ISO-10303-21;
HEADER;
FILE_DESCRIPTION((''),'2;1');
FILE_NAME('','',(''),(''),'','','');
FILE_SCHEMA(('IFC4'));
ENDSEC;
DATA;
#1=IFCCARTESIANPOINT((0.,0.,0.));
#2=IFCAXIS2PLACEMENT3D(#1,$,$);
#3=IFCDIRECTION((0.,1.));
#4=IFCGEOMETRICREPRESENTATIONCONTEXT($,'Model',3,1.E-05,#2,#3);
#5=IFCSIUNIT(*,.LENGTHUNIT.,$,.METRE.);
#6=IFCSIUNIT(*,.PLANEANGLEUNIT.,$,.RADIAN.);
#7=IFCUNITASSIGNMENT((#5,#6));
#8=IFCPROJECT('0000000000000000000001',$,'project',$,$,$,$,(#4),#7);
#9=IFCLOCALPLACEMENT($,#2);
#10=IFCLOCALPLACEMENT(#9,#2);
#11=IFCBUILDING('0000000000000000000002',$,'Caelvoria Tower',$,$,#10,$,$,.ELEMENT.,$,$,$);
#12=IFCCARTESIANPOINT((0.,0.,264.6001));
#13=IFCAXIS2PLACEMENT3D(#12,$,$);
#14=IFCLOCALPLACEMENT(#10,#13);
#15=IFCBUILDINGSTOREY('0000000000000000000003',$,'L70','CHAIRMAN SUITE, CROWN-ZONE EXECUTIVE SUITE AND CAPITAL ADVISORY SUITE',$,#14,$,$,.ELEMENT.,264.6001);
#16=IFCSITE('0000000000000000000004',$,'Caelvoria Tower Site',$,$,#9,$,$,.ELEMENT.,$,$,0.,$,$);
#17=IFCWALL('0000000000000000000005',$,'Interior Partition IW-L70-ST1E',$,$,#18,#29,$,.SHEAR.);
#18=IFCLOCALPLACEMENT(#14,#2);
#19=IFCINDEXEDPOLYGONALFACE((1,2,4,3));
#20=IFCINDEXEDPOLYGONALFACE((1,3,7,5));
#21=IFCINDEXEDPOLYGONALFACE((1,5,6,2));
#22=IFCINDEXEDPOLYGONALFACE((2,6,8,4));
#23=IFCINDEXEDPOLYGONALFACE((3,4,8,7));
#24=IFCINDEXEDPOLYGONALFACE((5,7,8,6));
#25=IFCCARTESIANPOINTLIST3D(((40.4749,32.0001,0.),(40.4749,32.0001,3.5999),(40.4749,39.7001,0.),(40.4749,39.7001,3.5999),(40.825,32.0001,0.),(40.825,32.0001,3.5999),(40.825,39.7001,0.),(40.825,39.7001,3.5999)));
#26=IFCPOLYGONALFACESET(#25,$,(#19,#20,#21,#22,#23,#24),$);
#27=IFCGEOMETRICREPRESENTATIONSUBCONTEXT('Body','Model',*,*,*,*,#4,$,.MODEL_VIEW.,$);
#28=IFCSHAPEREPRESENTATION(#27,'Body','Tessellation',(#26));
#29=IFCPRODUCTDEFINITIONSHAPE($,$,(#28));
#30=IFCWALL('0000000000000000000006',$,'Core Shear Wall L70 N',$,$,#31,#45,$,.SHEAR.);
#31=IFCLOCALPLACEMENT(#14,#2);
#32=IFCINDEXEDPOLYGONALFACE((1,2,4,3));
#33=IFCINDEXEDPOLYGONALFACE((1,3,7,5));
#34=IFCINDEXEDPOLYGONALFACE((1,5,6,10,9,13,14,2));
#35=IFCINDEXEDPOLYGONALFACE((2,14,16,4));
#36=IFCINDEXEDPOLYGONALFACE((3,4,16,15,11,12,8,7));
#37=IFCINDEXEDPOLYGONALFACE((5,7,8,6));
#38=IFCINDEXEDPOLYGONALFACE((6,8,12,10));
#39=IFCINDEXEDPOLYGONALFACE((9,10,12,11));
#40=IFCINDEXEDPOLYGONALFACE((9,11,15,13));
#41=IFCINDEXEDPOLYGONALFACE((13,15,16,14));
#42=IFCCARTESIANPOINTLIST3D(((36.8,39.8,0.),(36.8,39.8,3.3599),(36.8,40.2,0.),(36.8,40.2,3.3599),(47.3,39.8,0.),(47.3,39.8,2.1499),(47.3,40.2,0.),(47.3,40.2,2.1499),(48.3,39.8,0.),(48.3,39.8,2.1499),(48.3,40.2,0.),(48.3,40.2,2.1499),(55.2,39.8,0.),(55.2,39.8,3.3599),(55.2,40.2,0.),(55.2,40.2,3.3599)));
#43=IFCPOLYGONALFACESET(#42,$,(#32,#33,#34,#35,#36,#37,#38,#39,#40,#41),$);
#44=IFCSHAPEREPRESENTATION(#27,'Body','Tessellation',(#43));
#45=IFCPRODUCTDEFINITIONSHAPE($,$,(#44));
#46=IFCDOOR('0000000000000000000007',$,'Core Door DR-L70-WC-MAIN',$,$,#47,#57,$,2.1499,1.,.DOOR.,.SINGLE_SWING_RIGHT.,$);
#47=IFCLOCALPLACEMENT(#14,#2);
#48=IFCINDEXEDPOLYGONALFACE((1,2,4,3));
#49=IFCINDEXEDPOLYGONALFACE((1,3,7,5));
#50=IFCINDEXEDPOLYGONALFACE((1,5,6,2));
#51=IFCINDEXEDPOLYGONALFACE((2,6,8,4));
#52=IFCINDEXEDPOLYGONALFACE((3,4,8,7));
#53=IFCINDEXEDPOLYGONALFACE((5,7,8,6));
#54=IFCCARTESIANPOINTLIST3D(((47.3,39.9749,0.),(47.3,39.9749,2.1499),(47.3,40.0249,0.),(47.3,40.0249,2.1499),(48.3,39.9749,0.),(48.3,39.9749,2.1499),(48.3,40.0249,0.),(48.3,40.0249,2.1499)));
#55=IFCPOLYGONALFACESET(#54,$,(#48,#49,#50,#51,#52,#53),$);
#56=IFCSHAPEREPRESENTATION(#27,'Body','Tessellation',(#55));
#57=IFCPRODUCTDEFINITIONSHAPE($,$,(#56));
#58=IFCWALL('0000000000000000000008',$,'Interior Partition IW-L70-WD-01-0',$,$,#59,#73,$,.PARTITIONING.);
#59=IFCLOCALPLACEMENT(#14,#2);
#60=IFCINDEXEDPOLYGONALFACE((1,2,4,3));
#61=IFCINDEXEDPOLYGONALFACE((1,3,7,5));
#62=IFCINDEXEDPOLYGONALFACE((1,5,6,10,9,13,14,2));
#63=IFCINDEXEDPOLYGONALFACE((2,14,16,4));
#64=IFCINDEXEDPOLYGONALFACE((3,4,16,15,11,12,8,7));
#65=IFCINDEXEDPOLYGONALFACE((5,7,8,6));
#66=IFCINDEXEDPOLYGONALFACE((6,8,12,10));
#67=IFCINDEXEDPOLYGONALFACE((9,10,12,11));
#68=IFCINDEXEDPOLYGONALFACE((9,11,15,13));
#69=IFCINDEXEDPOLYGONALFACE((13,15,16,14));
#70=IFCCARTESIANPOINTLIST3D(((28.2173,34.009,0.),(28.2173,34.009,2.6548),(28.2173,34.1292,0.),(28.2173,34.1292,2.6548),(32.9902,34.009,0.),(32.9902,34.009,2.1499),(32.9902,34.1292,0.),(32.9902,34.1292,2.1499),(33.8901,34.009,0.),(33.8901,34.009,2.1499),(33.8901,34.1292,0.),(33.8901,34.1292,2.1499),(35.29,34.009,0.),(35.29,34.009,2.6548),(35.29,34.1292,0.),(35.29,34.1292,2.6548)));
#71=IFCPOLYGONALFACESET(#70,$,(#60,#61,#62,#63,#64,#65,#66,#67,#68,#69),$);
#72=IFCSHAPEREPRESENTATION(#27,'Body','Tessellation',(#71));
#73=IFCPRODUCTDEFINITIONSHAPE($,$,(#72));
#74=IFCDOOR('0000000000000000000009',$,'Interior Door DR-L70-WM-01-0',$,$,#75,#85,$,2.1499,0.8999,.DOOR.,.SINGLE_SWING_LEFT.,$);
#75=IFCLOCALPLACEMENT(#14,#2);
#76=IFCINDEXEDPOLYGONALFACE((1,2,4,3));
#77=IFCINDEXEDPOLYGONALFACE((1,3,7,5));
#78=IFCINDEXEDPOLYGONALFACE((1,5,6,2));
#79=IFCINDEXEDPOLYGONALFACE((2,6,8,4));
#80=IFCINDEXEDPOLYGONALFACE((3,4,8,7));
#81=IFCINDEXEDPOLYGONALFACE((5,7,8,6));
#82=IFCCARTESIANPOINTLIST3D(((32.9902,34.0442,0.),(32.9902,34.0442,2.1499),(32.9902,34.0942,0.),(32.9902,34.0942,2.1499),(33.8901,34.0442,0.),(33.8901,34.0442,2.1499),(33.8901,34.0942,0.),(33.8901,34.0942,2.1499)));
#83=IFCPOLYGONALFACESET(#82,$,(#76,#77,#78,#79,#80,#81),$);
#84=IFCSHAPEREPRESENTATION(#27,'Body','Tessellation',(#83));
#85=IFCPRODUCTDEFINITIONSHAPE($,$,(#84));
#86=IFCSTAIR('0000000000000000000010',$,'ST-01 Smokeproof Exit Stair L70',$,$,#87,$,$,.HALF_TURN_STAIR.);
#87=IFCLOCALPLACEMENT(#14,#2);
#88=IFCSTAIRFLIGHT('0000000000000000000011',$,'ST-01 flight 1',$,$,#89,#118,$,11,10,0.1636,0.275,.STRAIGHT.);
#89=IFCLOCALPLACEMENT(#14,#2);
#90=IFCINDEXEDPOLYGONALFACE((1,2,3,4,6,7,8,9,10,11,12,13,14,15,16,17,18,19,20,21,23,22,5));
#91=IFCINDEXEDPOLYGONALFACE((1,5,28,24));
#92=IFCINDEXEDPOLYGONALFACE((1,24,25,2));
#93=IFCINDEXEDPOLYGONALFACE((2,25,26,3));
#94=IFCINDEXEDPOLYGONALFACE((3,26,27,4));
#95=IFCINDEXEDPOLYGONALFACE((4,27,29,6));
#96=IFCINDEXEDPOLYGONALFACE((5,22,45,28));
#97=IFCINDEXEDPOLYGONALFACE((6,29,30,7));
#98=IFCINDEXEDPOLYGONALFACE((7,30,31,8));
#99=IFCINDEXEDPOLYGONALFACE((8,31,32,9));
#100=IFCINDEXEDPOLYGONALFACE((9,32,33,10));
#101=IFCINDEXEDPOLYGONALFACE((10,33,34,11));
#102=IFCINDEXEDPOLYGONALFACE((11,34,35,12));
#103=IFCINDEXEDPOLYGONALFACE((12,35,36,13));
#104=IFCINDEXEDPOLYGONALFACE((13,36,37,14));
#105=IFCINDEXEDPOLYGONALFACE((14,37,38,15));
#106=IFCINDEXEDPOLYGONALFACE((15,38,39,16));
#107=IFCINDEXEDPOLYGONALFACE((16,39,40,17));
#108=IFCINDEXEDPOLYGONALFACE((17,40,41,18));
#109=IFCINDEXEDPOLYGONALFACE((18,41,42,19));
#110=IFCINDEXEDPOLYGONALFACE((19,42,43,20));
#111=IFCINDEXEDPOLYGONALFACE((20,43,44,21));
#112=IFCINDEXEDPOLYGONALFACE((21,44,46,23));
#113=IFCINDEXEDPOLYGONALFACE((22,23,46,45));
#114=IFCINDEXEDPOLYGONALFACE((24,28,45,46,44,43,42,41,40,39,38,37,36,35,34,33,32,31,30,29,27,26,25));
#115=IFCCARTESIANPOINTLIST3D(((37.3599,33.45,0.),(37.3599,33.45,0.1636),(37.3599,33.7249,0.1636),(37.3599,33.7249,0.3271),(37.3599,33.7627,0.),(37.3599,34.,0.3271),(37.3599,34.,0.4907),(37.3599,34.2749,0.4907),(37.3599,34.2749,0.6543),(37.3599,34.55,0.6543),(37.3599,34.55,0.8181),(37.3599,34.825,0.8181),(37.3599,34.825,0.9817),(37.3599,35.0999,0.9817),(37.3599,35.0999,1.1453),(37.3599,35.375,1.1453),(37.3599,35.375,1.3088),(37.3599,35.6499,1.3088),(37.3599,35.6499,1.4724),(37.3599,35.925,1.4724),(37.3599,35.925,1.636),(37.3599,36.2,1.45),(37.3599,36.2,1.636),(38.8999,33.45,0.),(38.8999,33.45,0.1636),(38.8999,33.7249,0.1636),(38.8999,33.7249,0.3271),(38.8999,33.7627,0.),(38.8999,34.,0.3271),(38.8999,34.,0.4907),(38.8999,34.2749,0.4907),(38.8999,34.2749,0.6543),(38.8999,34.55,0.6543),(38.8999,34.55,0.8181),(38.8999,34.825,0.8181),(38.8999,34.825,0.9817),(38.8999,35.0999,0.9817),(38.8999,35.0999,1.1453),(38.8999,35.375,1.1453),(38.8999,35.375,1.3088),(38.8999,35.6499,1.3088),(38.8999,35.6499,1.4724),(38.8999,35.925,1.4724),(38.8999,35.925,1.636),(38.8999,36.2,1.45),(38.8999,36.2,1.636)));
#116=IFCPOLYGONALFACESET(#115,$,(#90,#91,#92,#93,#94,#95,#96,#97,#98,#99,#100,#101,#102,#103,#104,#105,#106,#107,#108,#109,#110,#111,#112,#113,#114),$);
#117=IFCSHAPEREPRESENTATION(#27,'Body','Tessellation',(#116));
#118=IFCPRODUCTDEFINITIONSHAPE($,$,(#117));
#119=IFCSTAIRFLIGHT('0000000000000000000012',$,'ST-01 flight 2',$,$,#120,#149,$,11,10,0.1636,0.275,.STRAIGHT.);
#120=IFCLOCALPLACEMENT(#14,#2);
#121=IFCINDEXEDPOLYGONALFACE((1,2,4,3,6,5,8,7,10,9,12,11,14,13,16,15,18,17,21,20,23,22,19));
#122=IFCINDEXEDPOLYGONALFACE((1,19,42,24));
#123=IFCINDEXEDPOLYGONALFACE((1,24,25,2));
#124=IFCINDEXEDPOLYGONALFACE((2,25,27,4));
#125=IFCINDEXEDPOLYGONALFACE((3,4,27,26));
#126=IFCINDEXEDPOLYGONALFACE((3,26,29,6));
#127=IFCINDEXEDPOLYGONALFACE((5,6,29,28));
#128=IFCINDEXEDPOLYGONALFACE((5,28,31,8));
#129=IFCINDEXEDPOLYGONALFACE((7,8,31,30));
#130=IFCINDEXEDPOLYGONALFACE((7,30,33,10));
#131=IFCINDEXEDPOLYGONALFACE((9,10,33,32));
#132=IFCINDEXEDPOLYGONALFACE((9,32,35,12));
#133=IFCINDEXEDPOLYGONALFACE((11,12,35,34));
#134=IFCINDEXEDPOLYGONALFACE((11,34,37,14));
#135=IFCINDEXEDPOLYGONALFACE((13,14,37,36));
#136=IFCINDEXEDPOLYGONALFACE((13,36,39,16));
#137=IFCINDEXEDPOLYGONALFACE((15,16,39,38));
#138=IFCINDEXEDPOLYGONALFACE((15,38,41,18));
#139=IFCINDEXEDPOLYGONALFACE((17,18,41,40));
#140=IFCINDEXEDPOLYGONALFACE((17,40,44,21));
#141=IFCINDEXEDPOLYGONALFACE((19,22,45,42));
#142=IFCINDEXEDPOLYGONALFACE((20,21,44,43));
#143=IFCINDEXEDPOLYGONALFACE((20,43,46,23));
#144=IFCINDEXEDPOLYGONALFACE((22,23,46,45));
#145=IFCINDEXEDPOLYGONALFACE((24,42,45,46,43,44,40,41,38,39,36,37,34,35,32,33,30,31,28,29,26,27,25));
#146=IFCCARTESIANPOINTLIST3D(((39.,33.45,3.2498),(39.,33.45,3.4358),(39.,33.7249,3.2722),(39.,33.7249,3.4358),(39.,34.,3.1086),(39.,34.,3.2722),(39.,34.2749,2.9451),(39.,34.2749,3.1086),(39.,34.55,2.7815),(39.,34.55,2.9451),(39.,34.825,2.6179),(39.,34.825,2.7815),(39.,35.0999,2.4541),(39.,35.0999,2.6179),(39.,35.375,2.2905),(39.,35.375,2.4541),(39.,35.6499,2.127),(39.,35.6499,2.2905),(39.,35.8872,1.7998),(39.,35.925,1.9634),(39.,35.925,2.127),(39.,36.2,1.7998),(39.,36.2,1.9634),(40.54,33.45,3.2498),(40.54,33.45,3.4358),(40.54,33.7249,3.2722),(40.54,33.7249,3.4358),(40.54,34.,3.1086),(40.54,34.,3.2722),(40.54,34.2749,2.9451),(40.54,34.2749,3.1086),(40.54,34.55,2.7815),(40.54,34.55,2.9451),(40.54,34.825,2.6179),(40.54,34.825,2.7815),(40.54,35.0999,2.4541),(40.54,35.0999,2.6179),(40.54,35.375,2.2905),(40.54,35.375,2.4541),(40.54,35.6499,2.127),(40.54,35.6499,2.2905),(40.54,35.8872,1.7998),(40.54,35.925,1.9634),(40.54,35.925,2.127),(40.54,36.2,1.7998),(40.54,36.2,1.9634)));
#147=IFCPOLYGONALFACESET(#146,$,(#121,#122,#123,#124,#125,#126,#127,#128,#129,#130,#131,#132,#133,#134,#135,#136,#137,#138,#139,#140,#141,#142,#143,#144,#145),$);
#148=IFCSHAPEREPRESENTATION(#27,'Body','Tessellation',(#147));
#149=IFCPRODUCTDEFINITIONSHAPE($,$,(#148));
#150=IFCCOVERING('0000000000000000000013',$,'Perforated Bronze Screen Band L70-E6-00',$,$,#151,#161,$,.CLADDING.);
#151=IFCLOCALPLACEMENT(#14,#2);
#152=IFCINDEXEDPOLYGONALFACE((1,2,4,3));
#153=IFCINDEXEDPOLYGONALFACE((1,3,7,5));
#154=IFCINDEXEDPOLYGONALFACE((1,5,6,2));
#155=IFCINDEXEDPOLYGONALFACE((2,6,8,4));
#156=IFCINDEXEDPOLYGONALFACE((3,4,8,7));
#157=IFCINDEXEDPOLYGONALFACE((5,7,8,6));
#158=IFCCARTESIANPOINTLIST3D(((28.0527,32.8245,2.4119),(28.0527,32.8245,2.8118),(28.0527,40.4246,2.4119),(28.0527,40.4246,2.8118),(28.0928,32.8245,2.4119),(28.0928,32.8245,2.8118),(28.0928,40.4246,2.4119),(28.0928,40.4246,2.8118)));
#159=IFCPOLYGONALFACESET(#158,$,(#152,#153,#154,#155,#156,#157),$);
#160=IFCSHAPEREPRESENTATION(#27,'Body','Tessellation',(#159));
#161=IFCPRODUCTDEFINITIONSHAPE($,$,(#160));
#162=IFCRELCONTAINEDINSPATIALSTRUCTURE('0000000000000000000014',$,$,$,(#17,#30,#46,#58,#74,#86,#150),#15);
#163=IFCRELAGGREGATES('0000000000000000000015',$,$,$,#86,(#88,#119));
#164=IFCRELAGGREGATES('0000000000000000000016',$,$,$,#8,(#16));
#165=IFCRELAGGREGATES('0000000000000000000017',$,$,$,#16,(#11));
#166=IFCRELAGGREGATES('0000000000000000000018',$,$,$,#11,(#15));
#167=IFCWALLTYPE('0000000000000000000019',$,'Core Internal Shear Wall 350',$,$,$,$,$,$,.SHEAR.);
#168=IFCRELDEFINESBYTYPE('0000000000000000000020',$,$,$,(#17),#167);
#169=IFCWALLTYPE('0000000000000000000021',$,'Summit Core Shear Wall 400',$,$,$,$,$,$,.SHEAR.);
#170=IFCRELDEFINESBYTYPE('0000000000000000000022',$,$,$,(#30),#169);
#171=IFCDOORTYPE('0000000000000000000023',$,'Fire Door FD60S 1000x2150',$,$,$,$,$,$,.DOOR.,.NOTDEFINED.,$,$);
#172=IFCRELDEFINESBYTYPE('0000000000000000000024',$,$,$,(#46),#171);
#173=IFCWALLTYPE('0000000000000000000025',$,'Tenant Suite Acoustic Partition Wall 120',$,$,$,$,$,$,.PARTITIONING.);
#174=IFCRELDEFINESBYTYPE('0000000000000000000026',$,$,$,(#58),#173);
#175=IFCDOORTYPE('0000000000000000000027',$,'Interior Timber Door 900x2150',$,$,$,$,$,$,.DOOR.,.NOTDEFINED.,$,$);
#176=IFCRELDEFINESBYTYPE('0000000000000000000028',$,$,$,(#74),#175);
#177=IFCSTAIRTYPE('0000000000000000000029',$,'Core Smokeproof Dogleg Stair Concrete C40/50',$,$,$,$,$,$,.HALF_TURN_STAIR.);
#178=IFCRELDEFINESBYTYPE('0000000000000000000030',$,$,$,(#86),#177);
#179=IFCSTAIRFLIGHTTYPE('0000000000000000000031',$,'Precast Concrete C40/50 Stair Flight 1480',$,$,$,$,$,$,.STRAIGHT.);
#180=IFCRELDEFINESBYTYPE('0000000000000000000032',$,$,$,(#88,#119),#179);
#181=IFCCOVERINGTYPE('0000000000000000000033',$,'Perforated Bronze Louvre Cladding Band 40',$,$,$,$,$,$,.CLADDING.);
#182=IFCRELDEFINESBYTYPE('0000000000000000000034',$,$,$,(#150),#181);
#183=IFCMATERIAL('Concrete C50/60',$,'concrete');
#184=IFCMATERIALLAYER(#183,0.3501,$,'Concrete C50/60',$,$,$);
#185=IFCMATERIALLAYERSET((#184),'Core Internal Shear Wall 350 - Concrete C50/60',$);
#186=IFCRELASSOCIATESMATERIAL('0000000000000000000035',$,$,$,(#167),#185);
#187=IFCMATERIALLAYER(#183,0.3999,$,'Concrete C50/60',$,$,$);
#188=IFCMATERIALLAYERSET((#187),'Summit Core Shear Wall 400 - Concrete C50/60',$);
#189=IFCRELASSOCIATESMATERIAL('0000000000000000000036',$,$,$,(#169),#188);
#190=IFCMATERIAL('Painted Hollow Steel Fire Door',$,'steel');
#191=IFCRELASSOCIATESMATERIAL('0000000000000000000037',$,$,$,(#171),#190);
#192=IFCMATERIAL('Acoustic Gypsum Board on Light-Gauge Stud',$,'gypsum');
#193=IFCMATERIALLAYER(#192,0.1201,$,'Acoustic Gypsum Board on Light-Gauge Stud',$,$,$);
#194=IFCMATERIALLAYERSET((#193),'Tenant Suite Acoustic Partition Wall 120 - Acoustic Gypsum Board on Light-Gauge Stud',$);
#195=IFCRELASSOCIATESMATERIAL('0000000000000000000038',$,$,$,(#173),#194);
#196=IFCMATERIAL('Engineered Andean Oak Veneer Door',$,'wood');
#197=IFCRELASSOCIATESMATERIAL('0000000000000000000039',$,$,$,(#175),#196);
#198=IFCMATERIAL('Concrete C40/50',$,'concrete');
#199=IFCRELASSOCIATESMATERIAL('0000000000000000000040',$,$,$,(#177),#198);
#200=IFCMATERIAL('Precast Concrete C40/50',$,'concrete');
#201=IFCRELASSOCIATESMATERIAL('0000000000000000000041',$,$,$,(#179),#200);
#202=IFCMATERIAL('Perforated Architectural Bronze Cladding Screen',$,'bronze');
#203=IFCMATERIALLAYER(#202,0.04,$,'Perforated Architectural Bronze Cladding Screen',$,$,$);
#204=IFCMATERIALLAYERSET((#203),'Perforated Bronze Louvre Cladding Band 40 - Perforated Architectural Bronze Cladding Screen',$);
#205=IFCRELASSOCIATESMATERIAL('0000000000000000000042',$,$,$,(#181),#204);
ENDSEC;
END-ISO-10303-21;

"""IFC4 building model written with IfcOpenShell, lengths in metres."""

from ifc_helpers import new_model, si_unit, direction, frame, frame_2d, origin, origin_2d, place, context, subcontext, project, spatial, polyline, rectangle, outline, extrude, material, layer, layer_set, type_object, element, fill, aggregate, save


model = new_model("IFC4")

# Units and contexts
model_context = context("Model", 3, precision=1e-05, world=origin(), true_north=direction((0.0, 1.0)))
body_context = subcontext(model_context, "Body", "Model", "MODEL_VIEW")
ifc_project = project(units=[si_unit("LENGTHUNIT", "METRE"), si_unit("PLANEANGLEUNIT", "RADIAN")], contexts=[model_context])

# Site, building, storey
site_placement = place(None, origin())
site = spatial("IfcSite", under=ifc_project, at=site_placement, Name="Caelvoria Tower Site", CompositionType="ELEMENT", RefElevation=0.0)
building_placement = place(site_placement, origin())
building = spatial("IfcBuilding", under=site, at=building_placement, Name="Caelvoria Tower", CompositionType="ELEMENT")
storey_placement = place(building_placement, frame((0.0, 0.0, 264.6001)))
storey = spatial("IfcBuildingStorey", under=building, at=storey_placement, Name="L70", Description="CHAIRMAN SUITE, CROWN-ZONE EXECUTIVE SUITE AND CAPITAL ADVISORY SUITE", CompositionType="ELEMENT", Elevation=264.6001)

# Shared definitions
ifc_material_1 = material(Name="Concrete C50/60", Category="concrete")
ifc_layer_1 = layer(ifc_material_1, 0.3501, Name="Concrete C50/60")
ifc_layer_set_1 = layer_set([ifc_layer_1], Name="Core Internal Shear Wall 350 - Concrete C50/60")
wall_type_1 = type_object("IfcWallType", Name="Core Internal Shear Wall 350", PredefinedType="SHEAR", material=ifc_layer_set_1)
ifc_material_2 = material(Name="Painted Hollow Steel Fire Door", Category="steel")

# Wall
wall_1_placement = place(storey_placement, frame((40.6499, 32.0, 0.0), z_axis=(0.0, 0.0, 1.0), x_axis=(0.0, 1.0, 0.0)))
element("IfcWall", 1, at=wall_1_placement, inside=storey, type_object=wall_type_1, Name="Interior Partition IW-L70-ST1E", PredefinedType="SHEAR", context=body_context, shape_type="SweptSolid", body=[
    extrude(rectangle(XDim=7.7, YDim=0.3501, at=frame_2d((3.8501, 0.0))), origin(), (0.0, 0.0, 1.0), 3.5999),
])

# Walls, openings, doors
ifc_layer_2 = layer(ifc_material_1, 0.3999, Name="Concrete C50/60")
ifc_layer_set_2 = layer_set([ifc_layer_2], Name="Summit Core Shear Wall 400 - Concrete C50/60")
wall_type_2 = type_object("IfcWallType", Name="Summit Core Shear Wall 400", PredefinedType="SHEAR", material=ifc_layer_set_2)
wall_2_placement = place(storey_placement, frame((36.8, 40.0, 0.0), z_axis=(0.0, 0.0, 1.0), x_axis=(1.0, 0.0, 0.0)))
wall_2 = element("IfcWall", 2, at=wall_2_placement, inside=storey, type_object=wall_type_2, Name="Core Shear Wall L70 N", PredefinedType="SHEAR", context=body_context, shape_type="SweptSolid", body=[
    extrude(rectangle(XDim=18.3999, YDim=0.3999, at=frame_2d((9.2, 0.0))), origin(), (0.0, 0.0, 1.0), 3.3599),
])
opening_1_placement = place(wall_2_placement, frame((10.5, 0.0, 0.0)))
opening_1 = element("IfcOpeningElement", 3, at=opening_1_placement, cuts=wall_2, PredefinedType="OPENING", context=body_context, shape_type="SweptSolid", body=[
    extrude(rectangle(XDim=1.0, YDim=2.1499, at=frame_2d((0.5, 1.075))), frame((0.0, 0.21, 0.0), z_axis=(0.0, -1.0, 0.0), x_axis=(1.0, 0.0, 0.0)), (0.0, 0.0, 1.0), 0.4199),
])
door_type_1 = type_object("IfcDoorType", Name="Fire Door FD60S 1000x2150", OperationType="NOTDEFINED", PredefinedType="DOOR", material=ifc_material_2)
door_1_placement = place(opening_1_placement, origin())
door_1 = element("IfcDoor", 4, at=door_1_placement, inside=storey, type_object=door_type_1, Name="Core Door DR-L70-WC-MAIN", OperationType="SINGLE_SWING_RIGHT", OverallHeight=2.1499, OverallWidth=1.0, PredefinedType="DOOR", context=body_context, shape_type="SweptSolid", body=[
    extrude(rectangle(XDim=1.0, YDim=2.1499, at=frame_2d((0.5, 1.075))), frame((0.0, 0.0249, 0.0), z_axis=(0.0, -1.0, 0.0), x_axis=(1.0, 0.0, 0.0)), (0.0, 0.0, 1.0), 0.05),
])
fill(opening_1, door_1)
ifc_material_3 = material(Name="Acoustic Gypsum Board on Light-Gauge Stud", Category="gypsum")
ifc_layer_3 = layer(ifc_material_3, 0.1201, Name="Acoustic Gypsum Board on Light-Gauge Stud")
ifc_layer_set_3 = layer_set([ifc_layer_3], Name="Tenant Suite Acoustic Partition Wall 120 - Acoustic Gypsum Board on Light-Gauge Stud")
wall_type_3 = type_object("IfcWallType", Name="Tenant Suite Acoustic Partition Wall 120", PredefinedType="PARTITIONING", material=ifc_layer_set_3)
wall_3_placement = place(storey_placement, frame((35.29, 34.0691, 0.0), z_axis=(0.0, 0.0, 1.0), x_axis=(-1.0, 0.0, 0.0)))
wall_3 = element("IfcWall", 5, at=wall_3_placement, inside=storey, type_object=wall_type_3, Name="Interior Partition IW-L70-WD-01-0", PredefinedType="PARTITIONING", context=body_context, shape_type="SweptSolid", body=[
    extrude(rectangle(XDim=7.0728, YDim=0.1201, at=frame_2d((3.5364, 0.0))), origin(), (0.0, 0.0, 1.0), 2.6548),
])
opening_2_placement = place(wall_3_placement, frame((1.3999, 0.0, 0.0)))
opening_2 = element("IfcOpeningElement", 6, at=opening_2_placement, cuts=wall_3, PredefinedType="OPENING", context=body_context, shape_type="SweptSolid", body=[
    extrude(rectangle(XDim=0.8999, YDim=2.1499, at=frame_2d((0.45, 1.075))), frame((0.0, 0.0701, 0.0), z_axis=(0.0, -1.0, 0.0), x_axis=(1.0, 0.0, 0.0)), (0.0, 0.0, 1.0), 0.1401),
])
ifc_material_4 = material(Name="Engineered Andean Oak Veneer Door", Category="wood")
door_type_2 = type_object("IfcDoorType", Name="Interior Timber Door 900x2150", OperationType="NOTDEFINED", PredefinedType="DOOR", material=ifc_material_4)
door_2_placement = place(opening_2_placement, origin())
door_2 = element("IfcDoor", 7, at=door_2_placement, inside=storey, type_object=door_type_2, Name="Interior Door DR-L70-WM-01-0", OperationType="SINGLE_SWING_LEFT", OverallHeight=2.1499, OverallWidth=0.8999, PredefinedType="DOOR", context=body_context, shape_type="SweptSolid", body=[
    extrude(rectangle(XDim=0.8999, YDim=2.1499, at=frame_2d((0.45, 1.075))), frame((0.0, 0.0249, 0.0), z_axis=(0.0, -1.0, 0.0), x_axis=(1.0, 0.0, 0.0)), (0.0, 0.0, 1.0), 0.05),
])
fill(opening_2, door_2)

# Stair, stair flights
ifc_material_5 = material(Name="Concrete C40/50", Category="concrete")
stair_type = type_object("IfcStairType", Name="Core Smokeproof Dogleg Stair Concrete C40/50", PredefinedType="HALF_TURN_STAIR", material=ifc_material_5)
stair_placement = place(storey_placement, origin())
stair = element("IfcStair", 8, at=stair_placement, inside=storey, type_object=stair_type, Name="ST-01 Smokeproof Exit Stair L70", PredefinedType="HALF_TURN_STAIR")
ifc_material_6 = material(Name="Precast Concrete C40/50", Category="concrete")
stair_flight_type = type_object("IfcStairFlightType", Name="Precast Concrete C40/50 Stair Flight 1480", PredefinedType="STRAIGHT", material=ifc_material_6)
stair_flight_1_placement = place(storey_placement, frame((38.1299, 33.45, 0.0), z_axis=(0.0, 0.0, 1.0), x_axis=(0.0, 1.0, 0.0)))
stair_flight_1 = element("IfcStairFlight", 9, at=stair_flight_1_placement, type_object=stair_flight_type, Name="ST-01 flight 1", NumberOfRisers=11, NumberOfTreads=10, PredefinedType="STRAIGHT", RiserHeight=0.1636, TreadLength=0.275, context=body_context, shape_type="SweptSolid", body=[
    extrude(outline(polyline([(0.0, 0.0), (0.0, 0.1636), (0.2749, 0.1636), (0.2749, 0.3271), (0.55, 0.3271), (0.55, 0.4907), (0.825, 0.4907), (0.825, 0.6543), (1.1001, 0.6543), (1.1001, 0.8181), (1.375, 0.8181), (1.375, 0.9817), (1.6499, 0.9817), (1.6499, 1.1453), (1.925, 1.1453), (1.925, 1.3088), (2.2, 1.3088), (2.2, 1.4724), (2.4751, 1.4724), (2.4751, 1.636), (2.75, 1.636), (2.75, 1.7996), (2.75, 1.45), (0.3127, 0.0), (0.0, 0.0)])), frame((0.0, 0.77, 0.0), z_axis=(0.0, -1.0, 0.0), x_axis=(1.0, 0.0, 0.0)), (0.0, 0.0, 1.0), 1.54),
])
stair_flight_2_placement = place(storey_placement, frame((39.77, 36.2, 1.7998), z_axis=(0.0, 0.0, 1.0), x_axis=(0.0, -1.0, 0.0)))
stair_flight_2 = element("IfcStairFlight", 10, at=stair_flight_2_placement, type_object=stair_flight_type, Name="ST-01 flight 2", NumberOfRisers=11, NumberOfTreads=10, PredefinedType="STRAIGHT", RiserHeight=0.1636, TreadLength=0.275, context=body_context, shape_type="SweptSolid", body=[
    extrude(outline(polyline([(0.0, 0.0), (0.0, 0.1636), (0.2749, 0.1636), (0.2749, 0.3271), (0.55, 0.3271), (0.55, 0.4907), (0.825, 0.4907), (0.825, 0.6543), (1.1001, 0.6543), (1.1001, 0.8181), (1.375, 0.8181), (1.375, 0.9817), (1.6499, 0.9817), (1.6499, 1.1453), (1.925, 1.1453), (1.925, 1.3088), (2.2, 1.3088), (2.2, 1.4724), (2.4751, 1.4724), (2.4751, 1.636), (2.75, 1.636), (2.75, 1.7996), (2.75, 1.45), (0.3127, 0.0), (0.0, 0.0)])), frame((0.0, 0.77, 0.0), z_axis=(0.0, -1.0, 0.0), x_axis=(1.0, 0.0, 0.0)), (0.0, 0.0, 1.0), 1.54),
])
aggregate(stair, [stair_flight_1, stair_flight_2])

# Covering
ifc_material_7 = material(Name="Perforated Architectural Bronze Cladding Screen", Category="bronze")
ifc_layer_4 = layer(ifc_material_7, 0.04, Name="Perforated Architectural Bronze Cladding Screen")
ifc_layer_set_4 = layer_set([ifc_layer_4], Name="Perforated Bronze Louvre Cladding Band 40 - Perforated Architectural Bronze Cladding Screen")
covering_type = type_object("IfcCoveringType", Name="Perforated Bronze Louvre Cladding Band 40", PredefinedType="CLADDING", material=ifc_layer_set_4)
covering_placement = place(storey_placement, frame((28.0728, 36.6245, 2.4119), z_axis=(0.0, 0.0, 1.0), x_axis=(0.0, -1.0, 0.0)))
element("IfcCovering", 11, at=covering_placement, inside=storey, type_object=covering_type, Name="Perforated Bronze Screen Band L70-E6-00", PredefinedType="CLADDING", context=body_context, shape_type="SweptSolid", body=[
    extrude(rectangle(XDim=7.6001, YDim=0.04, at=origin_2d()), origin(), (0.0, 0.0, 1.0), 0.3999),
])

save(model, "model.ifc")
